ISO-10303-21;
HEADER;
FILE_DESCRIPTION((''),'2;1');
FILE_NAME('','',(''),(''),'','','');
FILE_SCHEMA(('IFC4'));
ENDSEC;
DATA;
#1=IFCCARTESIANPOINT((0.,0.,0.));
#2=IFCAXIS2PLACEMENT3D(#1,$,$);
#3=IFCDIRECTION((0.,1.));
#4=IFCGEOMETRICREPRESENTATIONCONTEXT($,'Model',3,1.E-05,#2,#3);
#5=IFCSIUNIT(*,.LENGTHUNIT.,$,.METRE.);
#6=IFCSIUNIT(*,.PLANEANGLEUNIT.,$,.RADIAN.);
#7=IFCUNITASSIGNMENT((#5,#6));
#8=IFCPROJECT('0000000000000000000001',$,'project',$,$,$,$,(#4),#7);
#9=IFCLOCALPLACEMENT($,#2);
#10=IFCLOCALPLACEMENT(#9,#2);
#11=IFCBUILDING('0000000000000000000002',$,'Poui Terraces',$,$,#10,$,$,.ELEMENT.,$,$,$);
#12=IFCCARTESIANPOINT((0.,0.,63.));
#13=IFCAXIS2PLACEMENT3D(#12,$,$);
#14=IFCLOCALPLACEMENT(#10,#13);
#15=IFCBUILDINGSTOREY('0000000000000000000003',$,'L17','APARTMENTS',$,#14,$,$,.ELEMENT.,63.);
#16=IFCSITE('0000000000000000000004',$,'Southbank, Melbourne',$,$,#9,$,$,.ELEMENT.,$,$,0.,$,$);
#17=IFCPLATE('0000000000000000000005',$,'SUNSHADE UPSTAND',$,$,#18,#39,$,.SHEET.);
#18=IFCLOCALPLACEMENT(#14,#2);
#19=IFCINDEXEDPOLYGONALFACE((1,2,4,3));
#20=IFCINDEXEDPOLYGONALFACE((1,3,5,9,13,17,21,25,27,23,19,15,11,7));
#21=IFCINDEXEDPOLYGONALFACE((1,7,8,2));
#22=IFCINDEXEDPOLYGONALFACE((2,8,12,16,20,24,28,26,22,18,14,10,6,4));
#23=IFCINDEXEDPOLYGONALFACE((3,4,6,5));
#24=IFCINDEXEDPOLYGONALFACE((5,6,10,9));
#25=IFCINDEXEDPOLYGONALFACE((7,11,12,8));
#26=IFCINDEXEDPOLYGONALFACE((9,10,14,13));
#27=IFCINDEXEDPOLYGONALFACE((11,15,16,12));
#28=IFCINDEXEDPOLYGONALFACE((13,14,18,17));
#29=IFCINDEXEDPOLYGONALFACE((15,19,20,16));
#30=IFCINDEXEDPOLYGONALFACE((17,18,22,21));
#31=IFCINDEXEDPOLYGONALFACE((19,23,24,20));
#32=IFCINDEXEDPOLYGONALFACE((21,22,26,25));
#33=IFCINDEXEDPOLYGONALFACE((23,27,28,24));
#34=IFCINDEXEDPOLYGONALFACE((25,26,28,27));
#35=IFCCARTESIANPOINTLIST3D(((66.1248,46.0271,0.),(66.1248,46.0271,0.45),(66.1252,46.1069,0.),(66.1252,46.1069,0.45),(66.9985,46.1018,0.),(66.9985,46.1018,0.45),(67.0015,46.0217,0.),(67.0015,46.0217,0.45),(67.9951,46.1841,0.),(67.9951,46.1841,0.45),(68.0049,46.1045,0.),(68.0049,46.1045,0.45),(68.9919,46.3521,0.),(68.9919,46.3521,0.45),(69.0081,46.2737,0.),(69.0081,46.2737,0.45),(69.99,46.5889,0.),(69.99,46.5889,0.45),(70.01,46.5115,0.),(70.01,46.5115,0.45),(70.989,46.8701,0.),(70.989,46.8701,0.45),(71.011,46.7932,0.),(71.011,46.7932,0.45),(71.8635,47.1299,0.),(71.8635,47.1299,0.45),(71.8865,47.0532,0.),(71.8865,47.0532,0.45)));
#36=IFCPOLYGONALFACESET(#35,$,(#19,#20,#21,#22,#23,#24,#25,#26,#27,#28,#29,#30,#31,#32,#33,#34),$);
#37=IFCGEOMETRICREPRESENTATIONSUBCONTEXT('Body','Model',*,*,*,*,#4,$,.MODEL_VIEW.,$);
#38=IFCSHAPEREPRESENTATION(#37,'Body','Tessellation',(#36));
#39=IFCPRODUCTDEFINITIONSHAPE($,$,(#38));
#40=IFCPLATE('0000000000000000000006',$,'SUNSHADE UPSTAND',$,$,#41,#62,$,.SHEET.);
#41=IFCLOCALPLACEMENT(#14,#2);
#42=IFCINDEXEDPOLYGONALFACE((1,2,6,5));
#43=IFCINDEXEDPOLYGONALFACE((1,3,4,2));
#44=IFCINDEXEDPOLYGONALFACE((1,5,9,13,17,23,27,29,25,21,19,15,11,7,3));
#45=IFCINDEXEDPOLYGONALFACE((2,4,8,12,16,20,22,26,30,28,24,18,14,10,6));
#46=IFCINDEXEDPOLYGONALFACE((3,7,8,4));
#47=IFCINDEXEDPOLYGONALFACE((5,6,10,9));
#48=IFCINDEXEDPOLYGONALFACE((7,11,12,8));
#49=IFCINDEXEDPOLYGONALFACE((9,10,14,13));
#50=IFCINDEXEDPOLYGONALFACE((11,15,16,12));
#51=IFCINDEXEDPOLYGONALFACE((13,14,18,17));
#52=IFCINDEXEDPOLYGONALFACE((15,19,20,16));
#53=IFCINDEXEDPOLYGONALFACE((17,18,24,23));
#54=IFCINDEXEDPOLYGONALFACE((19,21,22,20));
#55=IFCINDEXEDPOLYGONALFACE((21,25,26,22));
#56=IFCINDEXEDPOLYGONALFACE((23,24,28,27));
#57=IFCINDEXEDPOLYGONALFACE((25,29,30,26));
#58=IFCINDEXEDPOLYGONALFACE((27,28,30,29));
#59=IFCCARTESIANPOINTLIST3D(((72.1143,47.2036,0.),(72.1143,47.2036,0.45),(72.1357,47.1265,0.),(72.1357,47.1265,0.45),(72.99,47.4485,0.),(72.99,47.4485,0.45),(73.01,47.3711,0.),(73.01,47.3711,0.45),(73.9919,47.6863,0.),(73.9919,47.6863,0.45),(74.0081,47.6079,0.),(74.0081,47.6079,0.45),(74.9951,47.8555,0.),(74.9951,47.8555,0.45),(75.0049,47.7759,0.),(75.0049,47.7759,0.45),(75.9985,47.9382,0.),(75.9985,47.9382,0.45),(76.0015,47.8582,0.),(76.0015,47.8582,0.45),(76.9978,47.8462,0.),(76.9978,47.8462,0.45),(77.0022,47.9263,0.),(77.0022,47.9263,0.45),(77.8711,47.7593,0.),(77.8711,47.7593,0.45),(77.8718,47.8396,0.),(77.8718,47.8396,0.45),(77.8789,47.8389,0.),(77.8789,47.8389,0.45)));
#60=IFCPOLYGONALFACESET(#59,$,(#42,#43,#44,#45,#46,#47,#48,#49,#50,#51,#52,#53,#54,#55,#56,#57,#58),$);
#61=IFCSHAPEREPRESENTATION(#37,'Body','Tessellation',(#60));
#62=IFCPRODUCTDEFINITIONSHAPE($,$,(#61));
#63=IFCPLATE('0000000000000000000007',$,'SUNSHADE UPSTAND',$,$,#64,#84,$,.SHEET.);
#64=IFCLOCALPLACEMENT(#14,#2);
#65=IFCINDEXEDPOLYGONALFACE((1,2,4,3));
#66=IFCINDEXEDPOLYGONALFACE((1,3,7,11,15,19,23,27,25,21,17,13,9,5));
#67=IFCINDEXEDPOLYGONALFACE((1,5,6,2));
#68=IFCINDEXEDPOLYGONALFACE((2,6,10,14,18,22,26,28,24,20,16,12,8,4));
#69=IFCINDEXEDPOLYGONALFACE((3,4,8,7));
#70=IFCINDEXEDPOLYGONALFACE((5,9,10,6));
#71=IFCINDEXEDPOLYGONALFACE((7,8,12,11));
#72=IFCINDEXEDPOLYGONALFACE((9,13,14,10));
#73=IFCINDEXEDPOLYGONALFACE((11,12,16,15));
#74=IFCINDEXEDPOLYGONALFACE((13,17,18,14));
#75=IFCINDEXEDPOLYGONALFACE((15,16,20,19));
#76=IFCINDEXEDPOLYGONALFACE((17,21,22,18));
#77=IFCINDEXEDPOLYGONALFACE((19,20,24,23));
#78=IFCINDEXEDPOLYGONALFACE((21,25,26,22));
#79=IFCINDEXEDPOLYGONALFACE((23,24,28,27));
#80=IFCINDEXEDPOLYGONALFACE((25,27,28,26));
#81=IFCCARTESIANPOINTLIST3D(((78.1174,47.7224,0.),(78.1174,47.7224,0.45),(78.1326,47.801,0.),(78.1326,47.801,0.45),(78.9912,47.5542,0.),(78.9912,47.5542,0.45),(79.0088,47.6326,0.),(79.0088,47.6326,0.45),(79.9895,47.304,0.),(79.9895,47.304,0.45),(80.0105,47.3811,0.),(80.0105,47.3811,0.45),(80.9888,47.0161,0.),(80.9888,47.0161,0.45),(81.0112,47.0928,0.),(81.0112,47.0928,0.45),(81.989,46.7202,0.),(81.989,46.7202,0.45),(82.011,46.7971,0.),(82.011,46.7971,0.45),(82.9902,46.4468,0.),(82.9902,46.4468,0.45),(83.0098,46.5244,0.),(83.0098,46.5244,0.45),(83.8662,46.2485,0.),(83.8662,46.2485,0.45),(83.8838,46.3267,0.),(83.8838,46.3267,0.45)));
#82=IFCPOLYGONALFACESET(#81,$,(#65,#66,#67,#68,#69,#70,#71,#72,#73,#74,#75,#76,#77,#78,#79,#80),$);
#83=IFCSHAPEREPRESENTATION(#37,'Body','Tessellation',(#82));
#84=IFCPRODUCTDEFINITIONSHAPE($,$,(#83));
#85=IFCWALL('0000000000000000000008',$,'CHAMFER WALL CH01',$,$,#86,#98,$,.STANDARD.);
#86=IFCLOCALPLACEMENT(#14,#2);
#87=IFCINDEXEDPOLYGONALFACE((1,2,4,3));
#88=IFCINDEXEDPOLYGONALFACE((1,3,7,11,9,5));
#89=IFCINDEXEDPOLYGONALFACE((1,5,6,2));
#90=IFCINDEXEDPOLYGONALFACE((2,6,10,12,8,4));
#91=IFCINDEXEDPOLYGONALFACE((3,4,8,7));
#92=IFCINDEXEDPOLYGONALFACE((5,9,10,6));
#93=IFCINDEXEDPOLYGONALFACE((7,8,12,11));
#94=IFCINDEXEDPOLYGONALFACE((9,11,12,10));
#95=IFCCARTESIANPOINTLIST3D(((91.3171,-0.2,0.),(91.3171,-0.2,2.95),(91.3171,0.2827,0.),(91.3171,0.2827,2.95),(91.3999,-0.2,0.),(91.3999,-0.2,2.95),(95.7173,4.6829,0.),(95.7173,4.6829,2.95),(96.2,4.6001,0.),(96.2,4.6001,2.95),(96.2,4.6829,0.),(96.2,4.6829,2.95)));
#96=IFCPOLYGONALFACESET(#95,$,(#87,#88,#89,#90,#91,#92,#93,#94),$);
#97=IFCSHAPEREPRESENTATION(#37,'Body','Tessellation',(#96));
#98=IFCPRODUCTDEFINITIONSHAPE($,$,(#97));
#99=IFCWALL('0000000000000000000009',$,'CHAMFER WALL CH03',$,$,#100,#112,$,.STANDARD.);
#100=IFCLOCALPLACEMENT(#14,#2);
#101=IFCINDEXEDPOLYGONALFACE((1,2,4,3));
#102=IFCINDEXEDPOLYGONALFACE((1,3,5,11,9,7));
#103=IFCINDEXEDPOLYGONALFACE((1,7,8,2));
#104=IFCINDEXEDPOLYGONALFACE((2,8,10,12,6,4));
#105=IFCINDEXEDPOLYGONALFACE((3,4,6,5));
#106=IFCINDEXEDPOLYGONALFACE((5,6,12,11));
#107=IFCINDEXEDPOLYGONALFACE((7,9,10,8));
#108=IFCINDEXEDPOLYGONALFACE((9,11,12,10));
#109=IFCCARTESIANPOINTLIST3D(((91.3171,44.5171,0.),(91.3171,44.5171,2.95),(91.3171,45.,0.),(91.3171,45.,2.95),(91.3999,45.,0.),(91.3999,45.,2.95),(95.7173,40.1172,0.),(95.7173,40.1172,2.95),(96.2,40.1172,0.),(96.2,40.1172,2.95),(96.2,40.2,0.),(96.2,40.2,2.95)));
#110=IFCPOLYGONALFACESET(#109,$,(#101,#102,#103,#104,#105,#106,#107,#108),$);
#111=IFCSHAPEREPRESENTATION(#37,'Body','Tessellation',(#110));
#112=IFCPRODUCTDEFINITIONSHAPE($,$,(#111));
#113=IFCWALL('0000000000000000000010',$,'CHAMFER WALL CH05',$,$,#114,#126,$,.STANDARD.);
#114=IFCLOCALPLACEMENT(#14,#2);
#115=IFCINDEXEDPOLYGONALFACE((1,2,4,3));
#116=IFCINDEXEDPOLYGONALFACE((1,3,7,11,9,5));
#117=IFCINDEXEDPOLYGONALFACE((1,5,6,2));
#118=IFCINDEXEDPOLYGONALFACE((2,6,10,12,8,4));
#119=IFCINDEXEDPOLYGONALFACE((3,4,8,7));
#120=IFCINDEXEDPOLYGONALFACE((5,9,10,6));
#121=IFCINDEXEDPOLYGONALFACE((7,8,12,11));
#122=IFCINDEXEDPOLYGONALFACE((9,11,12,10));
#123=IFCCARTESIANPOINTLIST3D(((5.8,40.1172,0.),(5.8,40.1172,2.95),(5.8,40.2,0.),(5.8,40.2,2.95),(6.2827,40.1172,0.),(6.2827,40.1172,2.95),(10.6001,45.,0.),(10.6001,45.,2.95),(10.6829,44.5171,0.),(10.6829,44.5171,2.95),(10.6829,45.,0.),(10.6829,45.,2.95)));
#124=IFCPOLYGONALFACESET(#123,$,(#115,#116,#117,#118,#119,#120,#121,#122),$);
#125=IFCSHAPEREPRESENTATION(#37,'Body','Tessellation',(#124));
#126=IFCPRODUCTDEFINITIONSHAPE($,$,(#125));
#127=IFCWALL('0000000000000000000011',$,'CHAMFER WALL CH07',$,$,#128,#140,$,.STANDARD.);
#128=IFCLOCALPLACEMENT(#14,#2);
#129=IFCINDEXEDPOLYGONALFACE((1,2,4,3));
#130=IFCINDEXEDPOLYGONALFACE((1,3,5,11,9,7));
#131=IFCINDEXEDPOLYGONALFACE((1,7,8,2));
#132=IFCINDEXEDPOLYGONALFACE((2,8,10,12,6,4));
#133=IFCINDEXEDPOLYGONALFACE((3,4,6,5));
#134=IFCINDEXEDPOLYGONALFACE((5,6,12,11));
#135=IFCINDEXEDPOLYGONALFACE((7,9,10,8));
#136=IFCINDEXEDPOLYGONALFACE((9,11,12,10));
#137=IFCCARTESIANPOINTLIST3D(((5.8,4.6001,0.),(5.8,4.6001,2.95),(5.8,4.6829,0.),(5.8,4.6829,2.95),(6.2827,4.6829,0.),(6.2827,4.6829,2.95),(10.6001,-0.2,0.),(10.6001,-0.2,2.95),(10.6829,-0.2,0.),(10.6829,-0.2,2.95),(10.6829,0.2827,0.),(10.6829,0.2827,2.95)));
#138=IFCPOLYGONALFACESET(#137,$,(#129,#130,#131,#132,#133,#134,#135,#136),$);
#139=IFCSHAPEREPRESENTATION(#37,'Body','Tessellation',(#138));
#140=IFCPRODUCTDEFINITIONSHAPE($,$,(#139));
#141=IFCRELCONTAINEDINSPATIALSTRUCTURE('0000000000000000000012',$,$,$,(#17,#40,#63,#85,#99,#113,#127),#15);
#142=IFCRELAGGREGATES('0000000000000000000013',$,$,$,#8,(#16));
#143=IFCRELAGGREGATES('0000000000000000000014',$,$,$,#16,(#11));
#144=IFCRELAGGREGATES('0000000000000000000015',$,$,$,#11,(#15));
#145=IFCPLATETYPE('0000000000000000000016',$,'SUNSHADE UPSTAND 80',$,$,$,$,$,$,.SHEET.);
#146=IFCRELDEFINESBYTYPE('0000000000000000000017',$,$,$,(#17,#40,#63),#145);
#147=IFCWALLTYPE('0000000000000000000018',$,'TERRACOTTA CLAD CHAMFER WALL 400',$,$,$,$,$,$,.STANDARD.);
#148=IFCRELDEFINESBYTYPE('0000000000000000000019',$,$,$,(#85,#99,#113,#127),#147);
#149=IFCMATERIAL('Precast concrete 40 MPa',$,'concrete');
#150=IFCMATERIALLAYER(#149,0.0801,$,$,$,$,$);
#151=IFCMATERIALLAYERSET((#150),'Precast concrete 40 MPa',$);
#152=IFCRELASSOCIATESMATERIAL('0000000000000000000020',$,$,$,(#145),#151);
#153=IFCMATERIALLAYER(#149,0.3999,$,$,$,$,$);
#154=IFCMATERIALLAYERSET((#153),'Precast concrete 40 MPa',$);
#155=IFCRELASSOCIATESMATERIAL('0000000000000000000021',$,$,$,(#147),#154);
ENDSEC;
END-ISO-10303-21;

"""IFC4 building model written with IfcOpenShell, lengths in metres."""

from ifc_helpers import new_model, si_unit, direction, frame, origin, place, context, subcontext, project, spatial, polyline, outline, extrude, material, layer, layer_set, type_object, element, save


model = new_model("IFC4")

# Units and contexts
model_context = context("Model", 3, precision=1e-05, world=origin(), true_north=direction((0.0, 1.0)))
body_context = subcontext(model_context, "Body", "Model", "MODEL_VIEW")
ifc_project = project(units=[si_unit("LENGTHUNIT", "METRE"), si_unit("PLANEANGLEUNIT", "RADIAN")], contexts=[model_context])

# Site, building, storey
site_placement = place(None, origin())
site = spatial("IfcSite", under=ifc_project, at=site_placement, Name="Southbank, Melbourne", CompositionType="ELEMENT", RefElevation=0.0)
building_placement = place(site_placement, origin())
building = spatial("IfcBuilding", under=site, at=building_placement, Name="Poui Terraces", CompositionType="ELEMENT")
storey_placement = place(building_placement, frame((0.0, 0.0, 63.0)))
storey = spatial("IfcBuildingStorey", under=building, at=storey_placement, Name="L17", Description="APARTMENTS", CompositionType="ELEMENT", Elevation=63.0)

# Shared definitions
ifc_material_1 = material(Name="Precast concrete 40 MPa", Category="concrete")

# Plates
ifc_layer_1 = layer(ifc_material_1, 0.0801)
ifc_layer_set_1 = layer_set([ifc_layer_1], Name="Precast concrete 40 MPa")
plate_type = type_object("IfcPlateType", Name="SUNSHADE UPSTAND 80", PredefinedType="SHEET", material=ifc_layer_set_1)
plate_1_placement = place(storey_placement, origin())
element("IfcPlate", 1, at=plate_1_placement, inside=storey, type_object=plate_type, Name="SUNSHADE UPSTAND", PredefinedType="SHEET", context=body_context, shape_type="SweptSolid", body=[
    extrude(outline(polyline([(66.9985, 46.1018), (66.1252, 46.1069), (66.1248, 46.0271), (67.0015, 46.0217), (68.0049, 46.1045), (69.0081, 46.2737), (70.01, 46.5115), (71.011, 46.7932), (71.8865, 47.0532), (71.8635, 47.1299), (70.989, 46.8701), (69.99, 46.5889), (68.9919, 46.3521), (67.9951, 46.1841), (66.9985, 46.1018)])), origin(), (0.0, 0.0, 1.0), 0.45),
])
plate_2_placement = place(storey_placement, origin())
element("IfcPlate", 2, at=plate_2_placement, inside=storey, type_object=plate_type, Name="SUNSHADE UPSTAND", PredefinedType="SHEET", context=body_context, shape_type="SweptSolid", body=[
    extrude(outline(polyline([(72.99, 47.4485), (72.1143, 47.2036), (72.1357, 47.1265), (73.01, 47.3711), (74.0081, 47.6079), (75.0049, 47.7759), (76.0015, 47.8582), (76.9978, 47.8462), (77.8711, 47.7593), (77.8789, 47.8389), (77.8718, 47.8396), (77.0022, 47.9263), (75.9985, 47.9382), (74.9951, 47.8555), (73.9919, 47.6863), (72.99, 47.4485)])), origin(), (0.0, 0.0, 1.0), 0.45),
])
plate_3_placement = place(storey_placement, origin())
element("IfcPlate", 3, at=plate_3_placement, inside=storey, type_object=plate_type, Name="SUNSHADE UPSTAND", PredefinedType="SHEET", context=body_context, shape_type="SweptSolid", body=[
    extrude(outline(polyline([(79.0088, 47.6326), (78.1326, 47.801), (78.1174, 47.7224), (78.9912, 47.5542), (79.9895, 47.304), (80.9888, 47.0161), (81.989, 46.7202), (82.9902, 46.4468), (83.8662, 46.2485), (83.8838, 46.3267), (83.0098, 46.5244), (82.011, 46.7971), (81.0112, 47.0928), (80.0105, 47.3811), (79.0088, 47.6326)])), origin(), (0.0, 0.0, 1.0), 0.45),
])

# Walls
ifc_layer_2 = layer(ifc_material_1, 0.3999)
ifc_layer_set_2 = layer_set([ifc_layer_2], Name="Precast concrete 40 MPa")
wall_type = type_object("IfcWallType", Name="TERRACOTTA CLAD CHAMFER WALL 400", PredefinedType="STANDARD", material=ifc_layer_set_2)
wall_1_placement = place(storey_placement, origin())
element("IfcWall", 4, at=wall_1_placement, inside=storey, type_object=wall_type, Name="CHAMFER WALL CH01", PredefinedType="STANDARD", context=body_context, shape_type="SweptSolid", body=[
    extrude(outline(polyline([(91.3171, -0.2), (91.3999, -0.2), (96.2, 4.6001), (96.2, 4.6829), (95.7173, 4.6829), (91.3171, 0.2827), (91.3171, -0.2)])), origin(), (0.0, 0.0, 1.0), 2.95),
])
wall_2_placement = place(storey_placement, origin())
element("IfcWall", 5, at=wall_2_placement, inside=storey, type_object=wall_type, Name="CHAMFER WALL CH03", PredefinedType="STANDARD", context=body_context, shape_type="SweptSolid", body=[
    extrude(outline(polyline([(96.2, 40.1172), (96.2, 40.2), (91.3999, 45.0), (91.3171, 45.0), (91.3171, 44.5171), (95.7173, 40.1172), (96.2, 40.1172)])), origin(), (0.0, 0.0, 1.0), 2.95),
])
wall_3_placement = place(storey_placement, origin())
element("IfcWall", 6, at=wall_3_placement, inside=storey, type_object=wall_type, Name="CHAMFER WALL CH05", PredefinedType="STANDARD", context=body_context, shape_type="SweptSolid", body=[
    extrude(outline(polyline([(10.6829, 45.0), (10.6001, 45.0), (5.8, 40.2), (5.8, 40.1172), (6.2827, 40.1172), (10.6829, 44.5171), (10.6829, 45.0)])), origin(), (0.0, 0.0, 1.0), 2.95),
])
wall_4_placement = place(storey_placement, origin())
element("IfcWall", 7, at=wall_4_placement, inside=storey, type_object=wall_type, Name="CHAMFER WALL CH07", PredefinedType="STANDARD", context=body_context, shape_type="SweptSolid", body=[
    extrude(outline(polyline([(5.8, 4.6829), (5.8, 4.6001), (10.6001, -0.2), (10.6829, -0.2), (10.6829, 0.2827), (6.2827, 4.6829), (5.8, 4.6829)])), origin(), (0.0, 0.0, 1.0), 2.95),
])

save(model, "model.ifc")
